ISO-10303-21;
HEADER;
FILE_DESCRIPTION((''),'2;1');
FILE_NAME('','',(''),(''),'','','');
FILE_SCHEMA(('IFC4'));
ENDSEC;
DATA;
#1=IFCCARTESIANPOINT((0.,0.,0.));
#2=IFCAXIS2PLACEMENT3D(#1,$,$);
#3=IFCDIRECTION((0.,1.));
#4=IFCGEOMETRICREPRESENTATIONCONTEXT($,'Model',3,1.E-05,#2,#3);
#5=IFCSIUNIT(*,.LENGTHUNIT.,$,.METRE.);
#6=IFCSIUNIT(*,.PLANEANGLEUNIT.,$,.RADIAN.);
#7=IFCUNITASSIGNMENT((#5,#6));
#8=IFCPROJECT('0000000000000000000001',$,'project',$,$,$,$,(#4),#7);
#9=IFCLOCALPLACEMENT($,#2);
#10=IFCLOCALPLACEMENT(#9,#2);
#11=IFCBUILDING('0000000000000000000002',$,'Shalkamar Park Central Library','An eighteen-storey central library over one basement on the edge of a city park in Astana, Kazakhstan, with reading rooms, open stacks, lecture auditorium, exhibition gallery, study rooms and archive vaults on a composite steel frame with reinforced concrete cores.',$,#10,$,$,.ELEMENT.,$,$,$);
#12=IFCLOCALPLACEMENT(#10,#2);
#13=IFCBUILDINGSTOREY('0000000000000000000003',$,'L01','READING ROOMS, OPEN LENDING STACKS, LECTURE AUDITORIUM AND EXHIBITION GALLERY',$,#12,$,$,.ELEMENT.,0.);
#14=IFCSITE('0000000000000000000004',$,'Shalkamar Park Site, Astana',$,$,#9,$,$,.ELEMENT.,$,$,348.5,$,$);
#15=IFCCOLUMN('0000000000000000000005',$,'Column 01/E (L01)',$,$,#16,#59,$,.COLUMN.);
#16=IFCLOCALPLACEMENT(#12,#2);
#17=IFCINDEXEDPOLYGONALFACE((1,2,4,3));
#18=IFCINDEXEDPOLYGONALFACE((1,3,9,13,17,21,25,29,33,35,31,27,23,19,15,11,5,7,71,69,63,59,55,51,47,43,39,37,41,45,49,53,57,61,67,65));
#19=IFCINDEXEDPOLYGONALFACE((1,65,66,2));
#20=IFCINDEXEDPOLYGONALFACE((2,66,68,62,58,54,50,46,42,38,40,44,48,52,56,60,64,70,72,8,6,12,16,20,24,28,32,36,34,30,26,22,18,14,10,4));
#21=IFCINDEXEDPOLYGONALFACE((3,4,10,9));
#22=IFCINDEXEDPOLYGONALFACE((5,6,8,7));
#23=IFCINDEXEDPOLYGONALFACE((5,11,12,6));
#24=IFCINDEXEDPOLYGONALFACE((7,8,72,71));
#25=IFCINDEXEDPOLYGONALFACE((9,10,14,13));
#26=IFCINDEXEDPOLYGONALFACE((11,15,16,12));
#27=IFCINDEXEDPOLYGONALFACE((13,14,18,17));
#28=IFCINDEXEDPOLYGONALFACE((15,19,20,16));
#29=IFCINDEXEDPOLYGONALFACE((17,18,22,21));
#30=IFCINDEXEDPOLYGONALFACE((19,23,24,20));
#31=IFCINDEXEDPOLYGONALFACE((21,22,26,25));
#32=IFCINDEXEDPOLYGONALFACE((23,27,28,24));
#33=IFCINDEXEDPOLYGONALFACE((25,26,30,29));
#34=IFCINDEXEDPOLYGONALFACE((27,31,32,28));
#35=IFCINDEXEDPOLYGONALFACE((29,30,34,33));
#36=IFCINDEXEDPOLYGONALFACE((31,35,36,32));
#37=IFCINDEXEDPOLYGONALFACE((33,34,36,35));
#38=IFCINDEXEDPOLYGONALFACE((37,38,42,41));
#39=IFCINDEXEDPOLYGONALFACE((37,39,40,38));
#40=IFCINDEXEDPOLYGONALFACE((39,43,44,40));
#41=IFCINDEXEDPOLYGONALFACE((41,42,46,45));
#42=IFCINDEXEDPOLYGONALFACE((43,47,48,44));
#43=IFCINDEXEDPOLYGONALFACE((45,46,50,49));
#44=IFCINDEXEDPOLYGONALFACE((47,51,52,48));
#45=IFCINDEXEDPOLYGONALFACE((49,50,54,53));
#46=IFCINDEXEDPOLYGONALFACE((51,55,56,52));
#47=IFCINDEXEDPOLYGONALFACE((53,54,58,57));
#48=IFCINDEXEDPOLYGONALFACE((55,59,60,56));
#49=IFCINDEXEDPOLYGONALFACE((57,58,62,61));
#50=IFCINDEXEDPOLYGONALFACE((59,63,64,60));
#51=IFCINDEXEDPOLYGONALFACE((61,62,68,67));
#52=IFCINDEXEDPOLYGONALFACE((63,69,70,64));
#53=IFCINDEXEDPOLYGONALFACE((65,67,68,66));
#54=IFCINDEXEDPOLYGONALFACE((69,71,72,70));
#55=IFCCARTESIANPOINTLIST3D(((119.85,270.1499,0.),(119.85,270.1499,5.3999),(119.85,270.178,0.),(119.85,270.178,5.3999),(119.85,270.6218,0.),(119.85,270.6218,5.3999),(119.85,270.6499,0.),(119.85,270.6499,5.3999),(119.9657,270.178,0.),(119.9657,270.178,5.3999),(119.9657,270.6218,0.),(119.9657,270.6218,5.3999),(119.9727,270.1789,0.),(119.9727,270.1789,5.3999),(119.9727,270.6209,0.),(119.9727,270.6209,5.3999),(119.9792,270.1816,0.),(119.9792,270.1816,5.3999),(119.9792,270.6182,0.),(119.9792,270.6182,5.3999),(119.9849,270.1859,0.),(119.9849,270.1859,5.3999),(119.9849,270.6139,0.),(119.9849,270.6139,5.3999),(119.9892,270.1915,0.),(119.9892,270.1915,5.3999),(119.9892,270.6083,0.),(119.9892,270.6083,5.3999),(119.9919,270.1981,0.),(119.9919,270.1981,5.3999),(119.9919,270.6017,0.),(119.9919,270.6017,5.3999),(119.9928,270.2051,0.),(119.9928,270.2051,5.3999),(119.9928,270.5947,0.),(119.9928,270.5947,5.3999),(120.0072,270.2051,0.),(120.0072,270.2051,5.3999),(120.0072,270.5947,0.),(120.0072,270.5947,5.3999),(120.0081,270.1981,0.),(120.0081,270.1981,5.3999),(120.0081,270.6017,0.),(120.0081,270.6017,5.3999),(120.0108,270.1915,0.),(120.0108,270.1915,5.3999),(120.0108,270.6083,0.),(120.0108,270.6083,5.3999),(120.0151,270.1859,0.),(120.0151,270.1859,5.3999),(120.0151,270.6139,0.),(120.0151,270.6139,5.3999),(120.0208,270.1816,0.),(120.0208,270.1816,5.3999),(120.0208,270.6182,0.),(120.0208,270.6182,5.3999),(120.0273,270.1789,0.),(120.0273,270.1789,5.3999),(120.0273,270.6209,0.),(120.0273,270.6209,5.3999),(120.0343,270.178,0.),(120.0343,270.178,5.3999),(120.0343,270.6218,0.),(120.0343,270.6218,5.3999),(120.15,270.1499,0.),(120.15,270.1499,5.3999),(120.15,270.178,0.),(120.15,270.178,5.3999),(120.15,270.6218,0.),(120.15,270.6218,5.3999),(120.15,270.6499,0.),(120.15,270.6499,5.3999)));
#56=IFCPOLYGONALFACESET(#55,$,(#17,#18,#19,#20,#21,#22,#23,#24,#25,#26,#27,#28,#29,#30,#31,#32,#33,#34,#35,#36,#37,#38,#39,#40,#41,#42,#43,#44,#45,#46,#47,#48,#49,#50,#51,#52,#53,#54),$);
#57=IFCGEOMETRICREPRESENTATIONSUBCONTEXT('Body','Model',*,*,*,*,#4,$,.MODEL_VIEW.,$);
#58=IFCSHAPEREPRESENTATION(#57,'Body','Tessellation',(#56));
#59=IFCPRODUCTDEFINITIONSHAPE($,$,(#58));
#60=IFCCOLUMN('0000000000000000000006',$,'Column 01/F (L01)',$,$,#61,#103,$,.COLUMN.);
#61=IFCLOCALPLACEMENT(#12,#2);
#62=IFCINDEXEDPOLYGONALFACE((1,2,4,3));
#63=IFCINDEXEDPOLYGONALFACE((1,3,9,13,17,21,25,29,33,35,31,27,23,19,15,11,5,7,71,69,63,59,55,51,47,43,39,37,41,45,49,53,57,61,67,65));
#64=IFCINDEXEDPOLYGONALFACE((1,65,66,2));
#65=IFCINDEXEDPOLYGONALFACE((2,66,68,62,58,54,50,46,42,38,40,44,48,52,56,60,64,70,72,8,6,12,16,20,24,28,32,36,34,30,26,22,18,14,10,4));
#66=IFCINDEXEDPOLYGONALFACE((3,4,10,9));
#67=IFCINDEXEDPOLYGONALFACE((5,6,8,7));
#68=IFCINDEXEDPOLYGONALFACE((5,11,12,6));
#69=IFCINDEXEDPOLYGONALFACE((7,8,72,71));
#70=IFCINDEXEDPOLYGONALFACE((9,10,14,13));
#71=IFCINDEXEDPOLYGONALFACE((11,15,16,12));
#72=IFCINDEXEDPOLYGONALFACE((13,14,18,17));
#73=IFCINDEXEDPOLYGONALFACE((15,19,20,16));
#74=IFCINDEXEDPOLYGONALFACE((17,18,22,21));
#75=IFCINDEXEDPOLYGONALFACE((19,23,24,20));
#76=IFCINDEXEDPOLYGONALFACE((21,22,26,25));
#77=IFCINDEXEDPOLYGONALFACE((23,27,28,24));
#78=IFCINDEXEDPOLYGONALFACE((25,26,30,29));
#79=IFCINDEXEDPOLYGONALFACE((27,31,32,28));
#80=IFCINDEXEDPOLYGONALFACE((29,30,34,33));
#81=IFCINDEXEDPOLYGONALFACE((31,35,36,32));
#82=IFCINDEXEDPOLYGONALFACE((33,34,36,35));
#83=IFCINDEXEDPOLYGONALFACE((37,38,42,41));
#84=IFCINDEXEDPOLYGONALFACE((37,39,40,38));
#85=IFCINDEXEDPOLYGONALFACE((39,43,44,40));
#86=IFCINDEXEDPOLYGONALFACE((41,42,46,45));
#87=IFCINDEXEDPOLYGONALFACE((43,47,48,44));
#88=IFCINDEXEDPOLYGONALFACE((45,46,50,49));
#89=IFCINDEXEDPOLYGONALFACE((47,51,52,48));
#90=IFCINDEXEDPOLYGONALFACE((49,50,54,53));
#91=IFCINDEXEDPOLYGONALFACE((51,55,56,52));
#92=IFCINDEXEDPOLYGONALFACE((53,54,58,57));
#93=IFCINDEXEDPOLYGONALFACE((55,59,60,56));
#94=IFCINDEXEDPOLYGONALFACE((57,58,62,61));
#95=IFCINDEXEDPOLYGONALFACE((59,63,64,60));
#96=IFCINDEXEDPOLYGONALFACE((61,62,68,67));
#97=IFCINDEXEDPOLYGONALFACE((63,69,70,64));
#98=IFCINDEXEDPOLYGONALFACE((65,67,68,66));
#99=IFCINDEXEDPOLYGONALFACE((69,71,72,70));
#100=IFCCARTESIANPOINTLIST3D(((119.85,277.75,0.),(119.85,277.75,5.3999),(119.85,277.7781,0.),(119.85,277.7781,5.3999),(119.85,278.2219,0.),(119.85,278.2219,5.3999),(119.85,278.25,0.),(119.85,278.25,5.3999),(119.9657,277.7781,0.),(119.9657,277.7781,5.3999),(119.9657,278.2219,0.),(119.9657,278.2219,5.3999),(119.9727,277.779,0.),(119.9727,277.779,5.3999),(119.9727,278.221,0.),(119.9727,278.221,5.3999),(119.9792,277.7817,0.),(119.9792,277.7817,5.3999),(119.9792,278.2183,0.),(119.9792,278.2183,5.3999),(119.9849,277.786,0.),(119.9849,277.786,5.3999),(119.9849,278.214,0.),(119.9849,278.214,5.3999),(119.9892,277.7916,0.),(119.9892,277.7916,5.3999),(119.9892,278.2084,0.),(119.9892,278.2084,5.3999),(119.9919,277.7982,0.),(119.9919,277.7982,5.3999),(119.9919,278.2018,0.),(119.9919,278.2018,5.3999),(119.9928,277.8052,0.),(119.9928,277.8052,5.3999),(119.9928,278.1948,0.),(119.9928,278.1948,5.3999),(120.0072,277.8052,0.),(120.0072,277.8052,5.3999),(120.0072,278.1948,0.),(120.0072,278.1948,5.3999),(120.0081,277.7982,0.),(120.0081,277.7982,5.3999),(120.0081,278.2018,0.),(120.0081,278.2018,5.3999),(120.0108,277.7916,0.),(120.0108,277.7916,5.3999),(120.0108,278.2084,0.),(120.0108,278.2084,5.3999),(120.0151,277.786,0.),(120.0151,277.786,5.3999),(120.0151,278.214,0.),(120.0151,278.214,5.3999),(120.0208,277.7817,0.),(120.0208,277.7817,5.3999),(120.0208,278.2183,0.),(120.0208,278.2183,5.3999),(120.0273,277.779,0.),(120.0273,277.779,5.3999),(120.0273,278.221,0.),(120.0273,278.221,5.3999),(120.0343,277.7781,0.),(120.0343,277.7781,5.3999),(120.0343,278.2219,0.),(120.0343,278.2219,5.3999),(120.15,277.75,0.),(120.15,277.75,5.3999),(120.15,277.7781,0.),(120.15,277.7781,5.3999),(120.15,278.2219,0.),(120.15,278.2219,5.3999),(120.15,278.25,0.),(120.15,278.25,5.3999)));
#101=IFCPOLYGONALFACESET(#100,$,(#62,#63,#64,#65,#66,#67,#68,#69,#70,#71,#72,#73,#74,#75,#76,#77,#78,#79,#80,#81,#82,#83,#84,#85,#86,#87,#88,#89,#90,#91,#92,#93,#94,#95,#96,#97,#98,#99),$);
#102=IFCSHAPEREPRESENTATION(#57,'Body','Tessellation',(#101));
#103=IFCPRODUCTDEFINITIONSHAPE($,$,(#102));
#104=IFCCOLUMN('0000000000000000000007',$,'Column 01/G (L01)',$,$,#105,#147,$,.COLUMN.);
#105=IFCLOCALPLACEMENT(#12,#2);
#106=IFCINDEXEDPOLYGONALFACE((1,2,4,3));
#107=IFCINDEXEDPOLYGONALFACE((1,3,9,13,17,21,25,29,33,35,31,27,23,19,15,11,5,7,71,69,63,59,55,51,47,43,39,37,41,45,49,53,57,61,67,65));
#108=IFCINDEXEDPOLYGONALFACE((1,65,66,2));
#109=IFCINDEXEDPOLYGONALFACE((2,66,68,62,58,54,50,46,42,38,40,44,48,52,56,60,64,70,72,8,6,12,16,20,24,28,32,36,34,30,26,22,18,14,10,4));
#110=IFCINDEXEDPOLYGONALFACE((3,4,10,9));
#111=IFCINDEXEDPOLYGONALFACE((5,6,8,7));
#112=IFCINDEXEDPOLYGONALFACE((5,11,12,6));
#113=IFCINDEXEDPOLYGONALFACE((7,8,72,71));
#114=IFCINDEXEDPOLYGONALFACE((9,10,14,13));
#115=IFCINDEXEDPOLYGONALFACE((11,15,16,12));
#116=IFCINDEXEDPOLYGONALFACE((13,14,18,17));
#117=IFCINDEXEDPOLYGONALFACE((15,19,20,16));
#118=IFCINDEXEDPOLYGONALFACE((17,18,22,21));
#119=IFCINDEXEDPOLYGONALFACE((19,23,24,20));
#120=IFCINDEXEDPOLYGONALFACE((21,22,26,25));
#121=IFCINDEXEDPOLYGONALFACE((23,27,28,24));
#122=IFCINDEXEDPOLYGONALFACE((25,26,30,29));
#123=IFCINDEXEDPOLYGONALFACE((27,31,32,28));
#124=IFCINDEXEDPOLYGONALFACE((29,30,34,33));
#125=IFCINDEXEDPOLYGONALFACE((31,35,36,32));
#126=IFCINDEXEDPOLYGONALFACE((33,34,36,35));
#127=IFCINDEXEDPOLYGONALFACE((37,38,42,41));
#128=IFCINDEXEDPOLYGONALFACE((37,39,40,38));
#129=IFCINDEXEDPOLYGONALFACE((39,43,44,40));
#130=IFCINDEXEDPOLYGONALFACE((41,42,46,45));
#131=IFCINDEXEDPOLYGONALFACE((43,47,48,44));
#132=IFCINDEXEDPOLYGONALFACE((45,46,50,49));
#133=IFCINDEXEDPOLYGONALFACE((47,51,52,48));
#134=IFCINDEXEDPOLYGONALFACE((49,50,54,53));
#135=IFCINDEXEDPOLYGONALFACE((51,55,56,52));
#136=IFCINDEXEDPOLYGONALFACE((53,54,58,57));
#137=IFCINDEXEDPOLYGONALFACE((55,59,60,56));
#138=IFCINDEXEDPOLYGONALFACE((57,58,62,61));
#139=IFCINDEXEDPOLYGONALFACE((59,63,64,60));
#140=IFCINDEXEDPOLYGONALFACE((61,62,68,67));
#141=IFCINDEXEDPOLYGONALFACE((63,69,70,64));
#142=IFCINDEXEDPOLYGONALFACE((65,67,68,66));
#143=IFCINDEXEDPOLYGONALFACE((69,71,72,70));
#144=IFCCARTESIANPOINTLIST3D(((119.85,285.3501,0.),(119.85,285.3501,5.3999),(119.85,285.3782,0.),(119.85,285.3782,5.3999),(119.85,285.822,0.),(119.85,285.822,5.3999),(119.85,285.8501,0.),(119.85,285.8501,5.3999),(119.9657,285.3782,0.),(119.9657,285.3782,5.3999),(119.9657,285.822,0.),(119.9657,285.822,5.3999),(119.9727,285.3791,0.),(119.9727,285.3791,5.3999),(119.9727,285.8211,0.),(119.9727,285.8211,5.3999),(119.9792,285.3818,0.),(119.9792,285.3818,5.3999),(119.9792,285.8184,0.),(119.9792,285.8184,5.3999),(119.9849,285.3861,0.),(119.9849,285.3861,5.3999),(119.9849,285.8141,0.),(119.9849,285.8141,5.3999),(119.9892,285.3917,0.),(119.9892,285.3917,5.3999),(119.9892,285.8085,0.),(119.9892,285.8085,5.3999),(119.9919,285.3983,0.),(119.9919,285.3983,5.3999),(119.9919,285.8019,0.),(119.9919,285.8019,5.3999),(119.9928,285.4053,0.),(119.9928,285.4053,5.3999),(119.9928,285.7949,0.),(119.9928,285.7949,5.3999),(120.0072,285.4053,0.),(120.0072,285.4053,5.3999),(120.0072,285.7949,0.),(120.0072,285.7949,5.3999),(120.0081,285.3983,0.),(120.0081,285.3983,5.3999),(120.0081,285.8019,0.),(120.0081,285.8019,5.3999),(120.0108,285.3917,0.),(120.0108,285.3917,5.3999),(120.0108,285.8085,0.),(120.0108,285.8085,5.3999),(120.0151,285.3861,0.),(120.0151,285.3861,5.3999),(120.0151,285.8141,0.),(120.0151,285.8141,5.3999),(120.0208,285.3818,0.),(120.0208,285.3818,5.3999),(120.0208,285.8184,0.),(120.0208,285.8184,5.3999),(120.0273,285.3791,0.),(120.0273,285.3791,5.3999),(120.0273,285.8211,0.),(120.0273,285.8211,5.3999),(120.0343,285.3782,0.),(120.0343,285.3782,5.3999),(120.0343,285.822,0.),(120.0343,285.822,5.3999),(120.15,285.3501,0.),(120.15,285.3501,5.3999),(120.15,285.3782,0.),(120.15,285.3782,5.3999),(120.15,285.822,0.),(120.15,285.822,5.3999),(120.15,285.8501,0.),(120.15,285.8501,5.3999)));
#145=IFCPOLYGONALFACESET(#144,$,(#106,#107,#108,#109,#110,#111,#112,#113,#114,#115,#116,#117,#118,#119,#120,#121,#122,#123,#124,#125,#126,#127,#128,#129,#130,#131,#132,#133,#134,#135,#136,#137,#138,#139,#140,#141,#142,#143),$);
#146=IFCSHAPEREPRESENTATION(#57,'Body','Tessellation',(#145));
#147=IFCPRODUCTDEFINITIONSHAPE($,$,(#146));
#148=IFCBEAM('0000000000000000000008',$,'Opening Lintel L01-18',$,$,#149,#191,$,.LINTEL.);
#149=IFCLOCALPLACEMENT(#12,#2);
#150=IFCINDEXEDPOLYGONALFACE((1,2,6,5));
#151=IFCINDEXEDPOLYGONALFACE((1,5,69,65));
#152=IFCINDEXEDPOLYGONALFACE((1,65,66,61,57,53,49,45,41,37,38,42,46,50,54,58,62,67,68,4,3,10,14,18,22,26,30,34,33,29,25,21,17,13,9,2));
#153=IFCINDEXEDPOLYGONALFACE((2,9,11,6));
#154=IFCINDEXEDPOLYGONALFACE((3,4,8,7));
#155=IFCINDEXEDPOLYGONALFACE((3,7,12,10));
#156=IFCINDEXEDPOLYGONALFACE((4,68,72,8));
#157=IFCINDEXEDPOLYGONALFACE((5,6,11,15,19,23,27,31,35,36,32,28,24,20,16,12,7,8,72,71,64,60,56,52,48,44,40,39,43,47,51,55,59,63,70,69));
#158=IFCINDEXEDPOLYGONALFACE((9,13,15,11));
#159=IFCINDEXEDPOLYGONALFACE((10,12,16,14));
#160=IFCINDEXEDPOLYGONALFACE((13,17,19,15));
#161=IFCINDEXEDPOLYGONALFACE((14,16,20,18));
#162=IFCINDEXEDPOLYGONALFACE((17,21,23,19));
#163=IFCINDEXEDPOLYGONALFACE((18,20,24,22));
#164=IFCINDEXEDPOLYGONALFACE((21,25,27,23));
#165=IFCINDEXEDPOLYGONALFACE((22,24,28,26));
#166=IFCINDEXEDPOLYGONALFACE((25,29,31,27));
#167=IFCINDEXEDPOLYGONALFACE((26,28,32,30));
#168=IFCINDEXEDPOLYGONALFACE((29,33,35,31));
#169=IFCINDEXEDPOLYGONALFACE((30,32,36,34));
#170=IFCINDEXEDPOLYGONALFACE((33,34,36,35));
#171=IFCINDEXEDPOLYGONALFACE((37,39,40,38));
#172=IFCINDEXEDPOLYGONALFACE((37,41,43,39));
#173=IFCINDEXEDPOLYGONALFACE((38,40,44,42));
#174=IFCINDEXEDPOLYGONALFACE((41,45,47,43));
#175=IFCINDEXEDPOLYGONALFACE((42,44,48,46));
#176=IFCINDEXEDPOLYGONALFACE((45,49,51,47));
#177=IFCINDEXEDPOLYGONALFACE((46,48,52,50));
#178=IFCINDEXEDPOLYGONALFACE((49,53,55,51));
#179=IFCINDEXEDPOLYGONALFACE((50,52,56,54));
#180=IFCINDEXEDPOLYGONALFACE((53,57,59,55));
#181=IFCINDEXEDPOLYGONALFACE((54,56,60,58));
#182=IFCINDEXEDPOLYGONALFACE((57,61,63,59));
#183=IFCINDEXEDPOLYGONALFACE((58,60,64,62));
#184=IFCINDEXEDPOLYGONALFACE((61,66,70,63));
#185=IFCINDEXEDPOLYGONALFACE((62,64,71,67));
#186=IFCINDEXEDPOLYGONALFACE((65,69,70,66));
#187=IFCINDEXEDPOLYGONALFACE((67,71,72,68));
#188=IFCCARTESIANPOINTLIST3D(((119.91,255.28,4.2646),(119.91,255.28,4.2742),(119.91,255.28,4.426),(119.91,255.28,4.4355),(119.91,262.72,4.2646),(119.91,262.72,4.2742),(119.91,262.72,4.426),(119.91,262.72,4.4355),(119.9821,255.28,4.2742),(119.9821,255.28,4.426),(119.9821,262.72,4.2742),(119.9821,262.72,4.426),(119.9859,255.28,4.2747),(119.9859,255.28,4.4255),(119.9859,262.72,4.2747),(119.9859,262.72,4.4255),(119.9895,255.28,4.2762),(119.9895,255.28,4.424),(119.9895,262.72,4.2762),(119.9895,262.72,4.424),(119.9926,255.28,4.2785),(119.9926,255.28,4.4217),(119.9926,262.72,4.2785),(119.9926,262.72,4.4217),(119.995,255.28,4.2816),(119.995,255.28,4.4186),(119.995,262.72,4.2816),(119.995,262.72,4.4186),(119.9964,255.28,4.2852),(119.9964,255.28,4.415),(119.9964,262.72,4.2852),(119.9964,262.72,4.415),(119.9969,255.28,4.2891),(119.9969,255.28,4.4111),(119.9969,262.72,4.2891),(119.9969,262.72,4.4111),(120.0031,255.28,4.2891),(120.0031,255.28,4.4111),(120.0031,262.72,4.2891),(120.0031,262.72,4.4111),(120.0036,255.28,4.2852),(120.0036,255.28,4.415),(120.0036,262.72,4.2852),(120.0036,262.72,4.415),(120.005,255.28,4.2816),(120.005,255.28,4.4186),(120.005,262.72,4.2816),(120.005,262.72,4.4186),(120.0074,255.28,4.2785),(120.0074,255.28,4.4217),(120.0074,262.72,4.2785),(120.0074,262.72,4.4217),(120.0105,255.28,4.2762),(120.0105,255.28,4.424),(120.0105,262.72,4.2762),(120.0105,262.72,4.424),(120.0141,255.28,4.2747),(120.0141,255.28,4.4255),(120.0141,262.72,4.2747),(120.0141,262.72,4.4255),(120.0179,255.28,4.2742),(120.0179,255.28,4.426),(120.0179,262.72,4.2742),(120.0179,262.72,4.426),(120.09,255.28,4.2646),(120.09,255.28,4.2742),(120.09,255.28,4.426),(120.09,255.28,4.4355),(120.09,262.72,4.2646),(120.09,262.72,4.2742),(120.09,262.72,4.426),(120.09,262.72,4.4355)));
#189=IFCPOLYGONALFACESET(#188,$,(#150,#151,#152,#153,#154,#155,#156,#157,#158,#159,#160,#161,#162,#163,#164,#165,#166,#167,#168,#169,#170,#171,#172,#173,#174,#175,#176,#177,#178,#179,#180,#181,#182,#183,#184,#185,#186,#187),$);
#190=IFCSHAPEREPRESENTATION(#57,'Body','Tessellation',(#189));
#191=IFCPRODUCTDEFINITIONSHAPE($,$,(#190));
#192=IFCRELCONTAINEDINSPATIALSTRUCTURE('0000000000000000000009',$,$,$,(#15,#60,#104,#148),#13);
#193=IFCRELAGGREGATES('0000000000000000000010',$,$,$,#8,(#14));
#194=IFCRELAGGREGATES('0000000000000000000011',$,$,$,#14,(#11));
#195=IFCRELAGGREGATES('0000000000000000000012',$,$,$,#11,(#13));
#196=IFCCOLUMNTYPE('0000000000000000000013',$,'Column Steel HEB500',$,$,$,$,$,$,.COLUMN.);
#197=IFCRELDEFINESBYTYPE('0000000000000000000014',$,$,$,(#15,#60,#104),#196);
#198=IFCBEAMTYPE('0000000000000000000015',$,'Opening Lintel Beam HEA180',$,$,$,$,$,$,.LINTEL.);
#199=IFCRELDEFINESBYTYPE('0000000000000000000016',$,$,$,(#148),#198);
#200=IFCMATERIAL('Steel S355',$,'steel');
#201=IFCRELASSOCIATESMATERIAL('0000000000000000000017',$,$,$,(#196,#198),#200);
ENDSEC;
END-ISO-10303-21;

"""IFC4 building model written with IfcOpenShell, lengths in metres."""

from ifc_helpers import new_model, si_unit, direction, frame, origin, origin_2d, place, context, subcontext, project, spatial, i_section, extrude, material, material_profile, profile_set, type_object, element, save


model = new_model("IFC4")

# Units and contexts
model_context = context("Model", 3, precision=1e-05, world=origin(), true_north=direction((0.0, 1.0)))
body_context = subcontext(model_context, "Body", "Model", "MODEL_VIEW")
ifc_project = project(units=[si_unit("LENGTHUNIT", "METRE"), si_unit("PLANEANGLEUNIT", "RADIAN")], contexts=[model_context])

# Site, building, storey
site_placement = place(None, origin())
site = spatial("IfcSite", under=ifc_project, at=site_placement, Name="Shalkamar Park Site, Astana", CompositionType="ELEMENT", RefElevation=348.5)
building_placement = place(site_placement, origin())
building = spatial("IfcBuilding", under=site, at=building_placement, Name="Shalkamar Park Central Library", Description="An eighteen-storey central library over one basement on the edge of a city park in Astana, Kazakhstan, with reading rooms, open stacks, lecture auditorium, exhibition gallery, study rooms and archive vaults on a composite steel frame with reinforced concrete cores.", CompositionType="ELEMENT")
storey_placement = place(building_placement, origin())
storey = spatial("IfcBuildingStorey", under=building, at=storey_placement, Name="L01", Description="READING ROOMS, OPEN LENDING STACKS, LECTURE AUDITORIUM AND EXHIBITION GALLERY", CompositionType="ELEMENT", Elevation=0.0)

# Columns
ifc_material_1 = material(Name="Steel S355", Category="steel")
ifc_material_profile_1 = material_profile(ifc_material_1, i_section(OverallWidth=0.3, OverallDepth=0.5, WebThickness=0.0144, FlangeThickness=0.0281, FilletRadius=0.0271, at=origin_2d()), Name="HEB 500")
ifc_profile_set_1 = profile_set([ifc_material_profile_1], Name="Steel S355")
column_type_1 = type_object("IfcColumnType", Name="Column Steel HEB500", PredefinedType="COLUMN", material=ifc_profile_set_1)
for number, where, z_axis, x_axis, name in (
    (1, (120.0, 270.3999, 0.0), (0.0, 0.0, 1.0), (1.0, 0.0, 0.0), "Column 01/E (L01)"),
    (2, (120.0, 278.0, 0.0), (0.0, 0.0, 1.0), (1.0, 0.0, 0.0), "Column 01/F (L01)"),
    (3, (120.0, 285.6001, 0.0), (0.0, 0.0, 1.0), (1.0, 0.0, 0.0), "Column 01/G (L01)"),
):
    element("IfcColumn", number, at=place(storey_placement, frame(where, z_axis=z_axis, x_axis=x_axis)), inside=storey, type_object=column_type_1, Name=name, PredefinedType="COLUMN", context=body_context, shape_type="SweptSolid", body=[
        extrude(i_section(OverallWidth=0.3, OverallDepth=0.5, WebThickness=0.0144, FlangeThickness=0.0281, FilletRadius=0.0271, at=origin_2d()), origin(), (0.0, 0.0, 1.0), 5.3999),
    ])

# Beam
ifc_material_profile_2 = material_profile(ifc_material_1, i_section(OverallWidth=0.1799, OverallDepth=0.1709, WebThickness=0.0061, FlangeThickness=0.0095, FilletRadius=0.0149, at=origin_2d()), Name="HEA 180")
ifc_profile_set_2 = profile_set([ifc_material_profile_2], Name="Steel S355")
beam_type_1 = type_object("IfcBeamType", Name="Opening Lintel Beam HEA180", PredefinedType="LINTEL", material=ifc_profile_set_2)
beam_1_placement = place(storey_placement, frame((120.0, 255.28, 4.3501), z_axis=(0.0, 1.0, 0.0), x_axis=(-1.0, 0.0, 0.0)))
element("IfcBeam", 4, at=beam_1_placement, inside=storey, type_object=beam_type_1, Name="Opening Lintel L01-18", PredefinedType="LINTEL", context=body_context, shape_type="SweptSolid", body=[
    extrude(i_section(OverallWidth=0.1799, OverallDepth=0.1709, WebThickness=0.0061, FlangeThickness=0.0095, FilletRadius=0.0149, at=origin_2d()), origin(), (0.0, 0.0, 1.0), 7.4399),
])

save(model, "model.ifc")
